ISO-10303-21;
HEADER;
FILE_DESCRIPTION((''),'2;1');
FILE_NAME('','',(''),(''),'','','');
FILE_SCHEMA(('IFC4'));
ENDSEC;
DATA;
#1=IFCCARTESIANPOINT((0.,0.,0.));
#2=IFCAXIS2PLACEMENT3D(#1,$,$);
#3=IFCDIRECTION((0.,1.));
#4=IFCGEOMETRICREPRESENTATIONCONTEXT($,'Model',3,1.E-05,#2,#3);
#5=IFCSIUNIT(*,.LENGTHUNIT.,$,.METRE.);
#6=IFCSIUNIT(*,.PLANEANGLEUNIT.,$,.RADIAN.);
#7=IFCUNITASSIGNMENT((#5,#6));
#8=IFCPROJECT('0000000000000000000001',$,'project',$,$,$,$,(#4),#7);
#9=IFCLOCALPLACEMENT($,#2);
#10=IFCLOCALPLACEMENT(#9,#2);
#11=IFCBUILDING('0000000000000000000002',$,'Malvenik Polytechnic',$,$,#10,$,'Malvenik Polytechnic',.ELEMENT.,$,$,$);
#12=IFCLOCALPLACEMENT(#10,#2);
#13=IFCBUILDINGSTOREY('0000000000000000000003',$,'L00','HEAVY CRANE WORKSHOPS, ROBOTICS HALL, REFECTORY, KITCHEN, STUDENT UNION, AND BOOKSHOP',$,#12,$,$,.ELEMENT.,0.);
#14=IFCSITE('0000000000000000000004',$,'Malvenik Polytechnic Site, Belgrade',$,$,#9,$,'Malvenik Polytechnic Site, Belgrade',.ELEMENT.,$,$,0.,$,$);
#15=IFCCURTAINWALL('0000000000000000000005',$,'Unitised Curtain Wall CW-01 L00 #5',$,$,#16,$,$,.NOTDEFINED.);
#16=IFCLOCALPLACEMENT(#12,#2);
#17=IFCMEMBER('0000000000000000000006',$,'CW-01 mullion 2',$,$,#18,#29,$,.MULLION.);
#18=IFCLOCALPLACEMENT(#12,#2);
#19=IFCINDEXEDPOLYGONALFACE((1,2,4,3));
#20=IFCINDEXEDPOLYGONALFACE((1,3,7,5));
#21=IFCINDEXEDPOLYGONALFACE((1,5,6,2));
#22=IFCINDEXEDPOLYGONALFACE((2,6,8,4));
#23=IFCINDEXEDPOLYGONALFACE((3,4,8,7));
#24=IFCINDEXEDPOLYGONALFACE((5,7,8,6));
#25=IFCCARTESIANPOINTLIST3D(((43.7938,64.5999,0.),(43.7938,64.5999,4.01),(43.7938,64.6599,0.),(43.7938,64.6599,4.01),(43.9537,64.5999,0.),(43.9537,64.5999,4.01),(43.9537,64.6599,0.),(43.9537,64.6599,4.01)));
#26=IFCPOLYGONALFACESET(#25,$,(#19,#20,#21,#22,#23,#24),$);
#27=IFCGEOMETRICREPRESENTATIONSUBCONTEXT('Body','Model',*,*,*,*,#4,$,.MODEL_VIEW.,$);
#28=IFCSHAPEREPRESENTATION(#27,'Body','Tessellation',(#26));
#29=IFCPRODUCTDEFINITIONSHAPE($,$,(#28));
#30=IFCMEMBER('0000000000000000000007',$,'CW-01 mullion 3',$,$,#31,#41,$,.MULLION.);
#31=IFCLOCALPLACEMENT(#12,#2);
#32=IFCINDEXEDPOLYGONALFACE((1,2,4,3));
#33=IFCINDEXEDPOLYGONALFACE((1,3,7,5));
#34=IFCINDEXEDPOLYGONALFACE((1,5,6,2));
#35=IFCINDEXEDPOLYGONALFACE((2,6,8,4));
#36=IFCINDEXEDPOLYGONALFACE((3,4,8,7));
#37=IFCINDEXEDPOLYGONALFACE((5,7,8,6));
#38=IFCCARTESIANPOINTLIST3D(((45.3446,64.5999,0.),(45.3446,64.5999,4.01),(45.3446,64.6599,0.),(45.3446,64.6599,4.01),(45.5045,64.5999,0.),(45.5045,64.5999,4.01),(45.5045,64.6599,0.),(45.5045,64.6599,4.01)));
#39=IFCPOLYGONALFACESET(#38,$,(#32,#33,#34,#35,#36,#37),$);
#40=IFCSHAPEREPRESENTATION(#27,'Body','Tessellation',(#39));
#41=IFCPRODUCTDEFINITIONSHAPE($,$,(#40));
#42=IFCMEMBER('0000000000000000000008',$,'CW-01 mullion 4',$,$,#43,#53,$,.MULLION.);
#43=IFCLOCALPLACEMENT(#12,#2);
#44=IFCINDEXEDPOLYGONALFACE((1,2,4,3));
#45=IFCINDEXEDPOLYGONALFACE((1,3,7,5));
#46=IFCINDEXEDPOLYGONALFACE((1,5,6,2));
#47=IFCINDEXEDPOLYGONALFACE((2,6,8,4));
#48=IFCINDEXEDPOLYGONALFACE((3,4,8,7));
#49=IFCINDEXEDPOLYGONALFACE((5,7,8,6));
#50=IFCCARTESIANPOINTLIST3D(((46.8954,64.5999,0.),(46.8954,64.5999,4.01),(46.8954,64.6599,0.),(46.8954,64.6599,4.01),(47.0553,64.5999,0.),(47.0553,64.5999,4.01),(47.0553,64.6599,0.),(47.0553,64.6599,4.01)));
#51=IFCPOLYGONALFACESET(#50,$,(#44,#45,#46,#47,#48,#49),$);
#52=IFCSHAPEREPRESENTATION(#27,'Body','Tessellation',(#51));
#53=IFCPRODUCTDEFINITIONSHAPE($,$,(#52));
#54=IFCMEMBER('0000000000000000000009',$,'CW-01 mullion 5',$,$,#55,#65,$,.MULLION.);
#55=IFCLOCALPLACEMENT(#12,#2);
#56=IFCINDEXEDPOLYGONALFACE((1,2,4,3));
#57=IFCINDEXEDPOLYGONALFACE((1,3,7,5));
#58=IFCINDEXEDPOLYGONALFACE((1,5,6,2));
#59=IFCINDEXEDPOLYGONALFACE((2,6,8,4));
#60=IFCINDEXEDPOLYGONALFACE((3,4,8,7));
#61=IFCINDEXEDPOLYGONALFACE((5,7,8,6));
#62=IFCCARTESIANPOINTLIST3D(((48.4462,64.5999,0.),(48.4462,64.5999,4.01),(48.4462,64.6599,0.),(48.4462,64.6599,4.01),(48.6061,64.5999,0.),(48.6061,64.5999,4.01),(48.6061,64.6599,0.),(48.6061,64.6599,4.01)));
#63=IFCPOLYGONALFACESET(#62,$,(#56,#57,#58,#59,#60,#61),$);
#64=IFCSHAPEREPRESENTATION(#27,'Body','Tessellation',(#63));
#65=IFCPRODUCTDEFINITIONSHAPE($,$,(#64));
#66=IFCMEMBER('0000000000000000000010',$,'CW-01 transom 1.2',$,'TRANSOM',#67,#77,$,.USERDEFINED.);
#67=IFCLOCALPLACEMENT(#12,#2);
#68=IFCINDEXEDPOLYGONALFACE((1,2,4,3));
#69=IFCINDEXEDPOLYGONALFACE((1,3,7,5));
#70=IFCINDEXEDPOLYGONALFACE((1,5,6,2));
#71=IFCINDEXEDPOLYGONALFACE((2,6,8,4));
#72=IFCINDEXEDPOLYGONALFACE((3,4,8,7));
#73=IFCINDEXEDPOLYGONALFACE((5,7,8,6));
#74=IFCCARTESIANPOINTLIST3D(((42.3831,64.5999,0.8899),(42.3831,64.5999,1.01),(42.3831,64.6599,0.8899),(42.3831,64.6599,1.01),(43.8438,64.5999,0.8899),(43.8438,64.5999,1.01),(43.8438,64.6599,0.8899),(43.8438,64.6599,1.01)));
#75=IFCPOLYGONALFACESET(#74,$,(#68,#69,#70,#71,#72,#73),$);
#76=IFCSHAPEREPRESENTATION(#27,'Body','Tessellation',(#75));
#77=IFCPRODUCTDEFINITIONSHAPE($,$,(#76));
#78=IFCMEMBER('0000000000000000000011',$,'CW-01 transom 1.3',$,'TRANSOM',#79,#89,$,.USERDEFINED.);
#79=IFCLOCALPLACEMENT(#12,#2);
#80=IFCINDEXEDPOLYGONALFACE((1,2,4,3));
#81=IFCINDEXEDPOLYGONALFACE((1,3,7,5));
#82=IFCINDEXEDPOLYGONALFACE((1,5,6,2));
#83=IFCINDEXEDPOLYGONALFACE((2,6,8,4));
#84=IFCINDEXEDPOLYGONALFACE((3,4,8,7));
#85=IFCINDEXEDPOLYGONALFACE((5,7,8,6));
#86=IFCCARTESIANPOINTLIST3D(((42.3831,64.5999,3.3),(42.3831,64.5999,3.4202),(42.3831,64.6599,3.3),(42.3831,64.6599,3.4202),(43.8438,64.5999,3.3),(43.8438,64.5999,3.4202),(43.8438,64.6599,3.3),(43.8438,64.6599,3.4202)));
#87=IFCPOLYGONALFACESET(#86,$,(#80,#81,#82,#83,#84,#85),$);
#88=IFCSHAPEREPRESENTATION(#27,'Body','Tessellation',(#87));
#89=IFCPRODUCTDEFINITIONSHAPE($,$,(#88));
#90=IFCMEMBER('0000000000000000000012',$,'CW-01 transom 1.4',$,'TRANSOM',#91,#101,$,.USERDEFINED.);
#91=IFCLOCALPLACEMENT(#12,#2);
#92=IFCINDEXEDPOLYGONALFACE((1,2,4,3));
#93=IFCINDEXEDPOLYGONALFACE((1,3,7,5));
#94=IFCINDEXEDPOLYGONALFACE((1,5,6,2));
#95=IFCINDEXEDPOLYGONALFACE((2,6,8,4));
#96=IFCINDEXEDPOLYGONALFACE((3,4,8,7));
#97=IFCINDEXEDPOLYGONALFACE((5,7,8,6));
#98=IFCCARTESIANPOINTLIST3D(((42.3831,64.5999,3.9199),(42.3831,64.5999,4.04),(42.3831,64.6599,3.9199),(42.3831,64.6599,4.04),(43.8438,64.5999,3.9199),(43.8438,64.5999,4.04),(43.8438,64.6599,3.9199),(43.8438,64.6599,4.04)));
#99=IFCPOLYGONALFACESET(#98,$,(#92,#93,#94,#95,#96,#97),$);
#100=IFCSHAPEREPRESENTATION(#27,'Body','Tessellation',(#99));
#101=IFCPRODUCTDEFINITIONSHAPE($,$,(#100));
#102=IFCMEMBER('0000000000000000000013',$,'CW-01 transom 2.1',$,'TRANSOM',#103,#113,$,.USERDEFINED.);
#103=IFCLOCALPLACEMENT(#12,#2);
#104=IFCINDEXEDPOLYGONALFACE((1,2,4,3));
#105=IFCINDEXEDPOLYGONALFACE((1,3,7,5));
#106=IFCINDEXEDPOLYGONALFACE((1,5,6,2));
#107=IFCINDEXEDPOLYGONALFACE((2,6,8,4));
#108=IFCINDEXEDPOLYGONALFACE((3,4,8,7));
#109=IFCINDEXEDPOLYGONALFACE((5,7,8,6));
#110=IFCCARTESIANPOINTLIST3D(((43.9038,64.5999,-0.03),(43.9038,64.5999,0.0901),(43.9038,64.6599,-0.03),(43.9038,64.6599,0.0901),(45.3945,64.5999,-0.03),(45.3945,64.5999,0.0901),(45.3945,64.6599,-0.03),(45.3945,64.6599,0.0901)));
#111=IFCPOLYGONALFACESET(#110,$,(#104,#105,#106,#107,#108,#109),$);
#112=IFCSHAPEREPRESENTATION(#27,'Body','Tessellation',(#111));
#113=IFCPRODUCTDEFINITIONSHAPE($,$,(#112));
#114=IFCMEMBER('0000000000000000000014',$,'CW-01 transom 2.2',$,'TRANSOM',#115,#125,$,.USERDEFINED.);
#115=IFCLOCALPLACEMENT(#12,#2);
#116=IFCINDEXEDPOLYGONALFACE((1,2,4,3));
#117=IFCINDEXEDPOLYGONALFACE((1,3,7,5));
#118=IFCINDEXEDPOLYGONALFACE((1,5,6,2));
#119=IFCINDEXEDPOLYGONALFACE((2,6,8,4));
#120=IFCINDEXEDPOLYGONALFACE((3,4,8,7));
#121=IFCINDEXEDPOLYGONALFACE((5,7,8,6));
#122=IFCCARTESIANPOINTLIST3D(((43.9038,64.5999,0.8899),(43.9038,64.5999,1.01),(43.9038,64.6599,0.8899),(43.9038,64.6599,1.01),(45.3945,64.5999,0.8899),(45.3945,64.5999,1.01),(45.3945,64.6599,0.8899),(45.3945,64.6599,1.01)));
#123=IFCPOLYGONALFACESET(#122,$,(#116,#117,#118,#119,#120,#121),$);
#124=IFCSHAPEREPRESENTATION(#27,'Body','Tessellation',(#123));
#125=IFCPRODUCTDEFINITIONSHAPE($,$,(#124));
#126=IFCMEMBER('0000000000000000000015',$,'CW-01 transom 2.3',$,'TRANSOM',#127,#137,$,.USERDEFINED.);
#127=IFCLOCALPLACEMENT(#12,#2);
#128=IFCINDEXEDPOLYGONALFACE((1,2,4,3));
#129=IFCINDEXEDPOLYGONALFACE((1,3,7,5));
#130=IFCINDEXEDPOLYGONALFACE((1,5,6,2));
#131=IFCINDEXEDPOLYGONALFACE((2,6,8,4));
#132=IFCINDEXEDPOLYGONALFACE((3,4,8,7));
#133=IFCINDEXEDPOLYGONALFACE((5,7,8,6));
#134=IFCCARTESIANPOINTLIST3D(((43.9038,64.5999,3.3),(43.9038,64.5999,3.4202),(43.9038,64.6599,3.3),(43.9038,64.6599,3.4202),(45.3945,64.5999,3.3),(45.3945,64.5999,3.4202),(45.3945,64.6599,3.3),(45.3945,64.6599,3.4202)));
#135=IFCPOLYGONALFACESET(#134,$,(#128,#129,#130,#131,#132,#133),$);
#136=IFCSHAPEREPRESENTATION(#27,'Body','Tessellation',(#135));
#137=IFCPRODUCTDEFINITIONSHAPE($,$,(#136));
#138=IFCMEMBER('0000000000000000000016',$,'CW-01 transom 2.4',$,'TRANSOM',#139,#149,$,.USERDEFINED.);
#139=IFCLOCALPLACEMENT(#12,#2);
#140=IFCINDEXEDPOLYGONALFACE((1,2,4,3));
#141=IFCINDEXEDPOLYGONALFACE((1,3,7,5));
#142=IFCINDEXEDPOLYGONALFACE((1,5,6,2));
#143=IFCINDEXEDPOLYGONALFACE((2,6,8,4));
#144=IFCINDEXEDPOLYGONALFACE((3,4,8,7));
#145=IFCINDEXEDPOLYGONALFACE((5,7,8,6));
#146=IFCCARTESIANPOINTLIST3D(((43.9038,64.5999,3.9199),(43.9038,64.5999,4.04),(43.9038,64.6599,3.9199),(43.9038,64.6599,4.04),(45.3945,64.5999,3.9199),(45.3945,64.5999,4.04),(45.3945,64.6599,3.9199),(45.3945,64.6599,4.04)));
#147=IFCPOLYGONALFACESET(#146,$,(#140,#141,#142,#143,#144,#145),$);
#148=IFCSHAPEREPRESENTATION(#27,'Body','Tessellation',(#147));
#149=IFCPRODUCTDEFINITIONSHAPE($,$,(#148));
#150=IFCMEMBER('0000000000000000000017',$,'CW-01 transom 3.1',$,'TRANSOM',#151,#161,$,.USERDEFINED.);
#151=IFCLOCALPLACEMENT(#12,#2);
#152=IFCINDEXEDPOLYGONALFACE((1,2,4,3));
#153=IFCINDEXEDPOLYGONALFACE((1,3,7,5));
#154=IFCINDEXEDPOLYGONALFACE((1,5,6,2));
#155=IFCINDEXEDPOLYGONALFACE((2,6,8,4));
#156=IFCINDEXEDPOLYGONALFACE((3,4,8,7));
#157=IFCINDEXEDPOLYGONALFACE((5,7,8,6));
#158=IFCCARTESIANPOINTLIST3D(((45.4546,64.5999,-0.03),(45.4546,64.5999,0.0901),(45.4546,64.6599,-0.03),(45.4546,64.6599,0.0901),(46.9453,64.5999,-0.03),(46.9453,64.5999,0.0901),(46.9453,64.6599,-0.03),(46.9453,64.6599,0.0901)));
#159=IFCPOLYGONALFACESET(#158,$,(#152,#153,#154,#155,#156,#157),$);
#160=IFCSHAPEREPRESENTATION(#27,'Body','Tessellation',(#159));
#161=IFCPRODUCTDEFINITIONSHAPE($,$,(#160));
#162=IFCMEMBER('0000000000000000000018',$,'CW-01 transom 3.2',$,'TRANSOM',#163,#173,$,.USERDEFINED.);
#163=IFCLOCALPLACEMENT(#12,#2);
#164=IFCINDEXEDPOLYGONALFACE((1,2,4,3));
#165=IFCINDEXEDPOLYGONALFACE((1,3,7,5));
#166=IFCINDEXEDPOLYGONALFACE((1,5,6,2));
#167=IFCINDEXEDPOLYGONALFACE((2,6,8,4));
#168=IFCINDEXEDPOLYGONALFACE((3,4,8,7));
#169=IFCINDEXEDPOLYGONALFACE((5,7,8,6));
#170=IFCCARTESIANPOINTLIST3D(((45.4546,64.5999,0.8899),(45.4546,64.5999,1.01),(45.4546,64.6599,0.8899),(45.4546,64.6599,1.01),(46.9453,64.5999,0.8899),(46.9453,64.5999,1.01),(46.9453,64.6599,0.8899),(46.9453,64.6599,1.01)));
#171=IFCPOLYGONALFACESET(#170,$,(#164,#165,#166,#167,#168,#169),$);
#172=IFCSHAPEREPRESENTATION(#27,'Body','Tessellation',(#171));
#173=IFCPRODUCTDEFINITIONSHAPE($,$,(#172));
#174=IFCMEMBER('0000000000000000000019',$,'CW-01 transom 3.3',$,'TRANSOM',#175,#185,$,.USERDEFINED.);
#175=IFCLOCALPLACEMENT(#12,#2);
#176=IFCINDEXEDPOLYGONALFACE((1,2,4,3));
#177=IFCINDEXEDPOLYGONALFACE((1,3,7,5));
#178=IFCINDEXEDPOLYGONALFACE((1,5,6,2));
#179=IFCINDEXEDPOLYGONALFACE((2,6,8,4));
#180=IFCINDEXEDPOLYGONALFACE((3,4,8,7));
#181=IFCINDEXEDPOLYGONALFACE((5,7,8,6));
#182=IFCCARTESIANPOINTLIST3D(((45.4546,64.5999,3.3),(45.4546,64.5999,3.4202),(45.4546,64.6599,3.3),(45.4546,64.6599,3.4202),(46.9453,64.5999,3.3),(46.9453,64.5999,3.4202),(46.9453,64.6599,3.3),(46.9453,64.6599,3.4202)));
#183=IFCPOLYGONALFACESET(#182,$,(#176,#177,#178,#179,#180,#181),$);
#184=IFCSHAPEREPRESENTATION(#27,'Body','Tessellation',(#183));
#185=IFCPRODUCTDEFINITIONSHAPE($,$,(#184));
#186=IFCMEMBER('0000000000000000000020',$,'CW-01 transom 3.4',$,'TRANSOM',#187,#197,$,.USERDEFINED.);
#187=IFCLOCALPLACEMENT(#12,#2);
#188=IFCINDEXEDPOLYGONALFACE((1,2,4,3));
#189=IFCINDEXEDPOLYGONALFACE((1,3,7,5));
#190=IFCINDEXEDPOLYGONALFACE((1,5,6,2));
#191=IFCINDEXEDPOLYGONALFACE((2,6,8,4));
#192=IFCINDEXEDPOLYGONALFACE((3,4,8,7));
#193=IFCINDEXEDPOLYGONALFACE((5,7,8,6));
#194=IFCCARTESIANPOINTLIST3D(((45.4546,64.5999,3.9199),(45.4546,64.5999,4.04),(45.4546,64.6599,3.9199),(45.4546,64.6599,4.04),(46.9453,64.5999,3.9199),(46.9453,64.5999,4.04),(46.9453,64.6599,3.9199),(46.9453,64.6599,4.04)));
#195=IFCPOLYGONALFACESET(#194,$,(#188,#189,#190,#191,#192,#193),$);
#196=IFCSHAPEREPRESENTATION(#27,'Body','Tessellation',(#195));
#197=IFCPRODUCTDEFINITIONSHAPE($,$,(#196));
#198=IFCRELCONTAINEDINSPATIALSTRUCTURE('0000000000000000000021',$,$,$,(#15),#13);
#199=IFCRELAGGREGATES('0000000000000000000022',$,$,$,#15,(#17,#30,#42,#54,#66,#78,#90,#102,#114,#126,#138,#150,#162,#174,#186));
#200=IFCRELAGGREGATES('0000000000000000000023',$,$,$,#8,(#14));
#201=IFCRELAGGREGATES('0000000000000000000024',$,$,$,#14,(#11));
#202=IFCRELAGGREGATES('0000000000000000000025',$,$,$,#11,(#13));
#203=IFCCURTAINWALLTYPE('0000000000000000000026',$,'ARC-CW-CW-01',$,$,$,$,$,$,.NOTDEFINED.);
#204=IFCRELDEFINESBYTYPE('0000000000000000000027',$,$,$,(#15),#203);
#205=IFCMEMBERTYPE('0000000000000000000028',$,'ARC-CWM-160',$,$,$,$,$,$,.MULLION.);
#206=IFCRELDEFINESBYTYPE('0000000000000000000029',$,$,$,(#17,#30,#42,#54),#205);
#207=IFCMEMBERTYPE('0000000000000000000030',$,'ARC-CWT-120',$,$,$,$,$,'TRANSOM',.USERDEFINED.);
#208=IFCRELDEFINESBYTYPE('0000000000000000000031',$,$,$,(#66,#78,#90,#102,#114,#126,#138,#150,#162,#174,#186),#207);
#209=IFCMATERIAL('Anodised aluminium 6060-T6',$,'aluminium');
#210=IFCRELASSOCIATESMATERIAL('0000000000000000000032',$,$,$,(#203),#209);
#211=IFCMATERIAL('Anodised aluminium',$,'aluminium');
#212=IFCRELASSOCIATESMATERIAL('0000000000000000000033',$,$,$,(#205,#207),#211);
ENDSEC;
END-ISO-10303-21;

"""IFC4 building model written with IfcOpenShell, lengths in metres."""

from ifc_helpers import new_model, si_unit, direction, frame, origin, origin_2d, place, context, subcontext, project, spatial, rectangle, extrude, material, material_profile, profile_set, type_object, element, aggregate, save


model = new_model("IFC4")

# Units and contexts
model_context = context("Model", 3, precision=1e-05, world=origin(), true_north=direction((0.0, 1.0)))
body_context = subcontext(model_context, "Body", "Model", "MODEL_VIEW")
ifc_project = project(units=[si_unit("LENGTHUNIT", "METRE"), si_unit("PLANEANGLEUNIT", "RADIAN")], contexts=[model_context])

# Site, building, storey
site_placement = place(None, origin())
site = spatial("IfcSite", under=ifc_project, at=site_placement, Name="Malvenik Polytechnic Site, Belgrade", LongName="Malvenik Polytechnic Site, Belgrade", CompositionType="ELEMENT", RefElevation=0.0)
building_placement = place(site_placement, origin())
building = spatial("IfcBuilding", under=site, at=building_placement, Name="Malvenik Polytechnic", LongName="Malvenik Polytechnic", CompositionType="ELEMENT")
storey_placement = place(building_placement, origin())
storey = spatial("IfcBuildingStorey", under=building, at=storey_placement, Name="L00", Description="HEAVY CRANE WORKSHOPS, ROBOTICS HALL, REFECTORY, KITCHEN, STUDENT UNION, AND BOOKSHOP", CompositionType="ELEMENT", Elevation=0.0)

# Curtain wall, members
ifc_material_1 = material(Name="Anodised aluminium 6060-T6", Category="aluminium")
curtain_wall_type = type_object("IfcCurtainWallType", Name="ARC-CW-CW-01", PredefinedType="NOTDEFINED", material=ifc_material_1)
curtain_wall_placement = place(storey_placement, origin())
curtain_wall = element("IfcCurtainWall", 1, at=curtain_wall_placement, inside=storey, type_object=curtain_wall_type, Name="Unitised Curtain Wall CW-01 L00 #5", PredefinedType="NOTDEFINED")
ifc_material_2 = material(Name="Anodised aluminium", Category="aluminium")
ifc_material_profile_1 = material_profile(ifc_material_2, rectangle(XDim=0.0601, YDim=0.1599, at=origin_2d()), Name="ALU MULLION 60x160")
ifc_profile_set_1 = profile_set([ifc_material_profile_1], Name="Anodised aluminium")
member_type_1 = type_object("IfcMemberType", Name="ARC-CWM-160", PredefinedType="MULLION", material=ifc_profile_set_1)
member_1_placement = place(storey_placement, frame((43.8738, 64.6299, 0.0), z_axis=(0.0, 0.0, 1.0), x_axis=(0.0, 1.0, 0.0)))
member_1 = element("IfcMember", 2, at=member_1_placement, type_object=member_type_1, Name="CW-01 mullion 2", PredefinedType="MULLION", context=body_context, shape_type="SweptSolid", body=[
    extrude(rectangle(XDim=0.0601, YDim=0.1599, at=origin_2d()), origin(), (0.0, 0.0, 1.0), 4.01),
])
member_2_placement = place(storey_placement, frame((45.4246, 64.6299, 0.0), z_axis=(0.0, 0.0, 1.0), x_axis=(0.0, 1.0, 0.0)))
member_2 = element("IfcMember", 3, at=member_2_placement, type_object=member_type_1, Name="CW-01 mullion 3", PredefinedType="MULLION", context=body_context, shape_type="SweptSolid", body=[
    extrude(rectangle(XDim=0.0601, YDim=0.1599, at=origin_2d()), origin(), (0.0, 0.0, 1.0), 4.01),
])
member_3_placement = place(storey_placement, frame((46.9753, 64.6299, 0.0), z_axis=(0.0, 0.0, 1.0), x_axis=(0.0, 1.0, 0.0)))
member_3 = element("IfcMember", 4, at=member_3_placement, type_object=member_type_1, Name="CW-01 mullion 4", PredefinedType="MULLION", context=body_context, shape_type="SweptSolid", body=[
    extrude(rectangle(XDim=0.0601, YDim=0.1599, at=origin_2d()), origin(), (0.0, 0.0, 1.0), 4.01),
])
member_4_placement = place(storey_placement, frame((48.5261, 64.6299, 0.0), z_axis=(0.0, 0.0, 1.0), x_axis=(0.0, 1.0, 0.0)))
member_4 = element("IfcMember", 5, at=member_4_placement, type_object=member_type_1, Name="CW-01 mullion 5", PredefinedType="MULLION", context=body_context, shape_type="SweptSolid", body=[
    extrude(rectangle(XDim=0.0601, YDim=0.1599, at=origin_2d()), origin(), (0.0, 0.0, 1.0), 4.01),
])
ifc_material_profile_2 = material_profile(ifc_material_2, rectangle(XDim=0.0601, YDim=0.1201, at=origin_2d()), Name="ALU TRANSOM 60x120")
ifc_profile_set_2 = profile_set([ifc_material_profile_2], Name="Anodised aluminium")
member_type_2 = type_object("IfcMemberType", Name="ARC-CWT-120", ElementType="TRANSOM", PredefinedType="USERDEFINED", material=ifc_profile_set_2)
member_5_placement = place(storey_placement, frame((42.3831, 64.6299, 0.95), z_axis=(1.0, 0.0, 0.0), x_axis=(0.0, 1.0, 0.0)))
member_5 = element("IfcMember", 6, at=member_5_placement, type_object=member_type_2, Name="CW-01 transom 1.2", ObjectType="TRANSOM", PredefinedType="USERDEFINED", context=body_context, shape_type="SweptSolid", body=[
    extrude(rectangle(XDim=0.0601, YDim=0.1201, at=origin_2d()), origin(), (0.0, 0.0, 1.0), 1.4607),
])
member_6_placement = place(storey_placement, frame((42.3831, 64.6299, 3.3601), z_axis=(1.0, 0.0, 0.0), x_axis=(0.0, 1.0, 0.0)))
member_6 = element("IfcMember", 7, at=member_6_placement, type_object=member_type_2, Name="CW-01 transom 1.3", ObjectType="TRANSOM", PredefinedType="USERDEFINED", context=body_context, shape_type="SweptSolid", body=[
    extrude(rectangle(XDim=0.0601, YDim=0.1201, at=origin_2d()), origin(), (0.0, 0.0, 1.0), 1.4607),
])
member_7_placement = place(storey_placement, frame((42.3831, 64.6299, 3.98), z_axis=(1.0, 0.0, 0.0), x_axis=(0.0, 1.0, 0.0)))
member_7 = element("IfcMember", 8, at=member_7_placement, type_object=member_type_2, Name="CW-01 transom 1.4", ObjectType="TRANSOM", PredefinedType="USERDEFINED", context=body_context, shape_type="SweptSolid", body=[
    extrude(rectangle(XDim=0.0601, YDim=0.1201, at=origin_2d()), origin(), (0.0, 0.0, 1.0), 1.4607),
])
member_8_placement = place(storey_placement, frame((43.9038, 64.6299, 0.03), z_axis=(1.0, 0.0, 0.0), x_axis=(0.0, 1.0, 0.0)))
member_8 = element("IfcMember", 9, at=member_8_placement, type_object=member_type_2, Name="CW-01 transom 2.1", ObjectType="TRANSOM", PredefinedType="USERDEFINED", context=body_context, shape_type="SweptSolid", body=[
    extrude(rectangle(XDim=0.0601, YDim=0.1201, at=origin_2d()), origin(), (0.0, 0.0, 1.0), 1.4907),
])
member_9_placement = place(storey_placement, frame((43.9038, 64.6299, 0.95), z_axis=(1.0, 0.0, 0.0), x_axis=(0.0, 1.0, 0.0)))
member_9 = element("IfcMember", 10, at=member_9_placement, type_object=member_type_2, Name="CW-01 transom 2.2", ObjectType="TRANSOM", PredefinedType="USERDEFINED", context=body_context, shape_type="SweptSolid", body=[
    extrude(rectangle(XDim=0.0601, YDim=0.1201, at=origin_2d()), origin(), (0.0, 0.0, 1.0), 1.4907),
])
member_10_placement = place(storey_placement, frame((43.9038, 64.6299, 3.3601), z_axis=(1.0, 0.0, 0.0), x_axis=(0.0, 1.0, 0.0)))
member_10 = element("IfcMember", 11, at=member_10_placement, type_object=member_type_2, Name="CW-01 transom 2.3", ObjectType="TRANSOM", PredefinedType="USERDEFINED", context=body_context, shape_type="SweptSolid", body=[
    extrude(rectangle(XDim=0.0601, YDim=0.1201, at=origin_2d()), origin(), (0.0, 0.0, 1.0), 1.4907),
])
member_11_placement = place(storey_placement, frame((43.9038, 64.6299, 3.98), z_axis=(1.0, 0.0, 0.0), x_axis=(0.0, 1.0, 0.0)))
member_11 = element("IfcMember", 12, at=member_11_placement, type_object=member_type_2, Name="CW-01 transom 2.4", ObjectType="TRANSOM", PredefinedType="USERDEFINED", context=body_context, shape_type="SweptSolid", body=[
    extrude(rectangle(XDim=0.0601, YDim=0.1201, at=origin_2d()), origin(), (0.0, 0.0, 1.0), 1.4907),
])
member_12_placement = place(storey_placement, frame((45.4546, 64.6299, 0.03), z_axis=(1.0, 0.0, 0.0), x_axis=(0.0, 1.0, 0.0)))
member_12 = element("IfcMember", 13, at=member_12_placement, type_object=member_type_2, Name="CW-01 transom 3.1", ObjectType="TRANSOM", PredefinedType="USERDEFINED", context=body_context, shape_type="SweptSolid", body=[
    extrude(rectangle(XDim=0.0601, YDim=0.1201, at=origin_2d()), origin(), (0.0, 0.0, 1.0), 1.4907),
])
member_13_placement = place(storey_placement, frame((45.4546, 64.6299, 0.95), z_axis=(1.0, 0.0, 0.0), x_axis=(0.0, 1.0, 0.0)))
member_13 = element("IfcMember", 14, at=member_13_placement, type_object=member_type_2, Name="CW-01 transom 3.2", ObjectType="TRANSOM", PredefinedType="USERDEFINED", context=body_context, shape_type="SweptSolid", body=[
    extrude(rectangle(XDim=0.0601, YDim=0.1201, at=origin_2d()), origin(), (0.0, 0.0, 1.0), 1.4907),
])
member_14_placement = place(storey_placement, frame((45.4546, 64.6299, 3.3601), z_axis=(1.0, 0.0, 0.0), x_axis=(0.0, 1.0, 0.0)))
member_14 = element("IfcMember", 15, at=member_14_placement, type_object=member_type_2, Name="CW-01 transom 3.3", ObjectType="TRANSOM", PredefinedType="USERDEFINED", context=body_context, shape_type="SweptSolid", body=[
    extrude(rectangle(XDim=0.0601, YDim=0.1201, at=origin_2d()), origin(), (0.0, 0.0, 1.0), 1.4907),
])
member_15_placement = place(storey_placement, frame((45.4546, 64.6299, 3.98), z_axis=(1.0, 0.0, 0.0), x_axis=(0.0, 1.0, 0.0)))
member_15 = element("IfcMember", 16, at=member_15_placement, type_object=member_type_2, Name="CW-01 transom 3.4", ObjectType="TRANSOM", PredefinedType="USERDEFINED", context=body_context, shape_type="SweptSolid", body=[
    extrude(rectangle(XDim=0.0601, YDim=0.1201, at=origin_2d()), origin(), (0.0, 0.0, 1.0), 1.4907),
])
aggregate(curtain_wall, [member_1, member_2, member_3, member_4, member_5, member_6, member_7, member_8, member_9, member_10, member_11, member_12, member_13, member_14, member_15])

save(model, "model.ifc")
